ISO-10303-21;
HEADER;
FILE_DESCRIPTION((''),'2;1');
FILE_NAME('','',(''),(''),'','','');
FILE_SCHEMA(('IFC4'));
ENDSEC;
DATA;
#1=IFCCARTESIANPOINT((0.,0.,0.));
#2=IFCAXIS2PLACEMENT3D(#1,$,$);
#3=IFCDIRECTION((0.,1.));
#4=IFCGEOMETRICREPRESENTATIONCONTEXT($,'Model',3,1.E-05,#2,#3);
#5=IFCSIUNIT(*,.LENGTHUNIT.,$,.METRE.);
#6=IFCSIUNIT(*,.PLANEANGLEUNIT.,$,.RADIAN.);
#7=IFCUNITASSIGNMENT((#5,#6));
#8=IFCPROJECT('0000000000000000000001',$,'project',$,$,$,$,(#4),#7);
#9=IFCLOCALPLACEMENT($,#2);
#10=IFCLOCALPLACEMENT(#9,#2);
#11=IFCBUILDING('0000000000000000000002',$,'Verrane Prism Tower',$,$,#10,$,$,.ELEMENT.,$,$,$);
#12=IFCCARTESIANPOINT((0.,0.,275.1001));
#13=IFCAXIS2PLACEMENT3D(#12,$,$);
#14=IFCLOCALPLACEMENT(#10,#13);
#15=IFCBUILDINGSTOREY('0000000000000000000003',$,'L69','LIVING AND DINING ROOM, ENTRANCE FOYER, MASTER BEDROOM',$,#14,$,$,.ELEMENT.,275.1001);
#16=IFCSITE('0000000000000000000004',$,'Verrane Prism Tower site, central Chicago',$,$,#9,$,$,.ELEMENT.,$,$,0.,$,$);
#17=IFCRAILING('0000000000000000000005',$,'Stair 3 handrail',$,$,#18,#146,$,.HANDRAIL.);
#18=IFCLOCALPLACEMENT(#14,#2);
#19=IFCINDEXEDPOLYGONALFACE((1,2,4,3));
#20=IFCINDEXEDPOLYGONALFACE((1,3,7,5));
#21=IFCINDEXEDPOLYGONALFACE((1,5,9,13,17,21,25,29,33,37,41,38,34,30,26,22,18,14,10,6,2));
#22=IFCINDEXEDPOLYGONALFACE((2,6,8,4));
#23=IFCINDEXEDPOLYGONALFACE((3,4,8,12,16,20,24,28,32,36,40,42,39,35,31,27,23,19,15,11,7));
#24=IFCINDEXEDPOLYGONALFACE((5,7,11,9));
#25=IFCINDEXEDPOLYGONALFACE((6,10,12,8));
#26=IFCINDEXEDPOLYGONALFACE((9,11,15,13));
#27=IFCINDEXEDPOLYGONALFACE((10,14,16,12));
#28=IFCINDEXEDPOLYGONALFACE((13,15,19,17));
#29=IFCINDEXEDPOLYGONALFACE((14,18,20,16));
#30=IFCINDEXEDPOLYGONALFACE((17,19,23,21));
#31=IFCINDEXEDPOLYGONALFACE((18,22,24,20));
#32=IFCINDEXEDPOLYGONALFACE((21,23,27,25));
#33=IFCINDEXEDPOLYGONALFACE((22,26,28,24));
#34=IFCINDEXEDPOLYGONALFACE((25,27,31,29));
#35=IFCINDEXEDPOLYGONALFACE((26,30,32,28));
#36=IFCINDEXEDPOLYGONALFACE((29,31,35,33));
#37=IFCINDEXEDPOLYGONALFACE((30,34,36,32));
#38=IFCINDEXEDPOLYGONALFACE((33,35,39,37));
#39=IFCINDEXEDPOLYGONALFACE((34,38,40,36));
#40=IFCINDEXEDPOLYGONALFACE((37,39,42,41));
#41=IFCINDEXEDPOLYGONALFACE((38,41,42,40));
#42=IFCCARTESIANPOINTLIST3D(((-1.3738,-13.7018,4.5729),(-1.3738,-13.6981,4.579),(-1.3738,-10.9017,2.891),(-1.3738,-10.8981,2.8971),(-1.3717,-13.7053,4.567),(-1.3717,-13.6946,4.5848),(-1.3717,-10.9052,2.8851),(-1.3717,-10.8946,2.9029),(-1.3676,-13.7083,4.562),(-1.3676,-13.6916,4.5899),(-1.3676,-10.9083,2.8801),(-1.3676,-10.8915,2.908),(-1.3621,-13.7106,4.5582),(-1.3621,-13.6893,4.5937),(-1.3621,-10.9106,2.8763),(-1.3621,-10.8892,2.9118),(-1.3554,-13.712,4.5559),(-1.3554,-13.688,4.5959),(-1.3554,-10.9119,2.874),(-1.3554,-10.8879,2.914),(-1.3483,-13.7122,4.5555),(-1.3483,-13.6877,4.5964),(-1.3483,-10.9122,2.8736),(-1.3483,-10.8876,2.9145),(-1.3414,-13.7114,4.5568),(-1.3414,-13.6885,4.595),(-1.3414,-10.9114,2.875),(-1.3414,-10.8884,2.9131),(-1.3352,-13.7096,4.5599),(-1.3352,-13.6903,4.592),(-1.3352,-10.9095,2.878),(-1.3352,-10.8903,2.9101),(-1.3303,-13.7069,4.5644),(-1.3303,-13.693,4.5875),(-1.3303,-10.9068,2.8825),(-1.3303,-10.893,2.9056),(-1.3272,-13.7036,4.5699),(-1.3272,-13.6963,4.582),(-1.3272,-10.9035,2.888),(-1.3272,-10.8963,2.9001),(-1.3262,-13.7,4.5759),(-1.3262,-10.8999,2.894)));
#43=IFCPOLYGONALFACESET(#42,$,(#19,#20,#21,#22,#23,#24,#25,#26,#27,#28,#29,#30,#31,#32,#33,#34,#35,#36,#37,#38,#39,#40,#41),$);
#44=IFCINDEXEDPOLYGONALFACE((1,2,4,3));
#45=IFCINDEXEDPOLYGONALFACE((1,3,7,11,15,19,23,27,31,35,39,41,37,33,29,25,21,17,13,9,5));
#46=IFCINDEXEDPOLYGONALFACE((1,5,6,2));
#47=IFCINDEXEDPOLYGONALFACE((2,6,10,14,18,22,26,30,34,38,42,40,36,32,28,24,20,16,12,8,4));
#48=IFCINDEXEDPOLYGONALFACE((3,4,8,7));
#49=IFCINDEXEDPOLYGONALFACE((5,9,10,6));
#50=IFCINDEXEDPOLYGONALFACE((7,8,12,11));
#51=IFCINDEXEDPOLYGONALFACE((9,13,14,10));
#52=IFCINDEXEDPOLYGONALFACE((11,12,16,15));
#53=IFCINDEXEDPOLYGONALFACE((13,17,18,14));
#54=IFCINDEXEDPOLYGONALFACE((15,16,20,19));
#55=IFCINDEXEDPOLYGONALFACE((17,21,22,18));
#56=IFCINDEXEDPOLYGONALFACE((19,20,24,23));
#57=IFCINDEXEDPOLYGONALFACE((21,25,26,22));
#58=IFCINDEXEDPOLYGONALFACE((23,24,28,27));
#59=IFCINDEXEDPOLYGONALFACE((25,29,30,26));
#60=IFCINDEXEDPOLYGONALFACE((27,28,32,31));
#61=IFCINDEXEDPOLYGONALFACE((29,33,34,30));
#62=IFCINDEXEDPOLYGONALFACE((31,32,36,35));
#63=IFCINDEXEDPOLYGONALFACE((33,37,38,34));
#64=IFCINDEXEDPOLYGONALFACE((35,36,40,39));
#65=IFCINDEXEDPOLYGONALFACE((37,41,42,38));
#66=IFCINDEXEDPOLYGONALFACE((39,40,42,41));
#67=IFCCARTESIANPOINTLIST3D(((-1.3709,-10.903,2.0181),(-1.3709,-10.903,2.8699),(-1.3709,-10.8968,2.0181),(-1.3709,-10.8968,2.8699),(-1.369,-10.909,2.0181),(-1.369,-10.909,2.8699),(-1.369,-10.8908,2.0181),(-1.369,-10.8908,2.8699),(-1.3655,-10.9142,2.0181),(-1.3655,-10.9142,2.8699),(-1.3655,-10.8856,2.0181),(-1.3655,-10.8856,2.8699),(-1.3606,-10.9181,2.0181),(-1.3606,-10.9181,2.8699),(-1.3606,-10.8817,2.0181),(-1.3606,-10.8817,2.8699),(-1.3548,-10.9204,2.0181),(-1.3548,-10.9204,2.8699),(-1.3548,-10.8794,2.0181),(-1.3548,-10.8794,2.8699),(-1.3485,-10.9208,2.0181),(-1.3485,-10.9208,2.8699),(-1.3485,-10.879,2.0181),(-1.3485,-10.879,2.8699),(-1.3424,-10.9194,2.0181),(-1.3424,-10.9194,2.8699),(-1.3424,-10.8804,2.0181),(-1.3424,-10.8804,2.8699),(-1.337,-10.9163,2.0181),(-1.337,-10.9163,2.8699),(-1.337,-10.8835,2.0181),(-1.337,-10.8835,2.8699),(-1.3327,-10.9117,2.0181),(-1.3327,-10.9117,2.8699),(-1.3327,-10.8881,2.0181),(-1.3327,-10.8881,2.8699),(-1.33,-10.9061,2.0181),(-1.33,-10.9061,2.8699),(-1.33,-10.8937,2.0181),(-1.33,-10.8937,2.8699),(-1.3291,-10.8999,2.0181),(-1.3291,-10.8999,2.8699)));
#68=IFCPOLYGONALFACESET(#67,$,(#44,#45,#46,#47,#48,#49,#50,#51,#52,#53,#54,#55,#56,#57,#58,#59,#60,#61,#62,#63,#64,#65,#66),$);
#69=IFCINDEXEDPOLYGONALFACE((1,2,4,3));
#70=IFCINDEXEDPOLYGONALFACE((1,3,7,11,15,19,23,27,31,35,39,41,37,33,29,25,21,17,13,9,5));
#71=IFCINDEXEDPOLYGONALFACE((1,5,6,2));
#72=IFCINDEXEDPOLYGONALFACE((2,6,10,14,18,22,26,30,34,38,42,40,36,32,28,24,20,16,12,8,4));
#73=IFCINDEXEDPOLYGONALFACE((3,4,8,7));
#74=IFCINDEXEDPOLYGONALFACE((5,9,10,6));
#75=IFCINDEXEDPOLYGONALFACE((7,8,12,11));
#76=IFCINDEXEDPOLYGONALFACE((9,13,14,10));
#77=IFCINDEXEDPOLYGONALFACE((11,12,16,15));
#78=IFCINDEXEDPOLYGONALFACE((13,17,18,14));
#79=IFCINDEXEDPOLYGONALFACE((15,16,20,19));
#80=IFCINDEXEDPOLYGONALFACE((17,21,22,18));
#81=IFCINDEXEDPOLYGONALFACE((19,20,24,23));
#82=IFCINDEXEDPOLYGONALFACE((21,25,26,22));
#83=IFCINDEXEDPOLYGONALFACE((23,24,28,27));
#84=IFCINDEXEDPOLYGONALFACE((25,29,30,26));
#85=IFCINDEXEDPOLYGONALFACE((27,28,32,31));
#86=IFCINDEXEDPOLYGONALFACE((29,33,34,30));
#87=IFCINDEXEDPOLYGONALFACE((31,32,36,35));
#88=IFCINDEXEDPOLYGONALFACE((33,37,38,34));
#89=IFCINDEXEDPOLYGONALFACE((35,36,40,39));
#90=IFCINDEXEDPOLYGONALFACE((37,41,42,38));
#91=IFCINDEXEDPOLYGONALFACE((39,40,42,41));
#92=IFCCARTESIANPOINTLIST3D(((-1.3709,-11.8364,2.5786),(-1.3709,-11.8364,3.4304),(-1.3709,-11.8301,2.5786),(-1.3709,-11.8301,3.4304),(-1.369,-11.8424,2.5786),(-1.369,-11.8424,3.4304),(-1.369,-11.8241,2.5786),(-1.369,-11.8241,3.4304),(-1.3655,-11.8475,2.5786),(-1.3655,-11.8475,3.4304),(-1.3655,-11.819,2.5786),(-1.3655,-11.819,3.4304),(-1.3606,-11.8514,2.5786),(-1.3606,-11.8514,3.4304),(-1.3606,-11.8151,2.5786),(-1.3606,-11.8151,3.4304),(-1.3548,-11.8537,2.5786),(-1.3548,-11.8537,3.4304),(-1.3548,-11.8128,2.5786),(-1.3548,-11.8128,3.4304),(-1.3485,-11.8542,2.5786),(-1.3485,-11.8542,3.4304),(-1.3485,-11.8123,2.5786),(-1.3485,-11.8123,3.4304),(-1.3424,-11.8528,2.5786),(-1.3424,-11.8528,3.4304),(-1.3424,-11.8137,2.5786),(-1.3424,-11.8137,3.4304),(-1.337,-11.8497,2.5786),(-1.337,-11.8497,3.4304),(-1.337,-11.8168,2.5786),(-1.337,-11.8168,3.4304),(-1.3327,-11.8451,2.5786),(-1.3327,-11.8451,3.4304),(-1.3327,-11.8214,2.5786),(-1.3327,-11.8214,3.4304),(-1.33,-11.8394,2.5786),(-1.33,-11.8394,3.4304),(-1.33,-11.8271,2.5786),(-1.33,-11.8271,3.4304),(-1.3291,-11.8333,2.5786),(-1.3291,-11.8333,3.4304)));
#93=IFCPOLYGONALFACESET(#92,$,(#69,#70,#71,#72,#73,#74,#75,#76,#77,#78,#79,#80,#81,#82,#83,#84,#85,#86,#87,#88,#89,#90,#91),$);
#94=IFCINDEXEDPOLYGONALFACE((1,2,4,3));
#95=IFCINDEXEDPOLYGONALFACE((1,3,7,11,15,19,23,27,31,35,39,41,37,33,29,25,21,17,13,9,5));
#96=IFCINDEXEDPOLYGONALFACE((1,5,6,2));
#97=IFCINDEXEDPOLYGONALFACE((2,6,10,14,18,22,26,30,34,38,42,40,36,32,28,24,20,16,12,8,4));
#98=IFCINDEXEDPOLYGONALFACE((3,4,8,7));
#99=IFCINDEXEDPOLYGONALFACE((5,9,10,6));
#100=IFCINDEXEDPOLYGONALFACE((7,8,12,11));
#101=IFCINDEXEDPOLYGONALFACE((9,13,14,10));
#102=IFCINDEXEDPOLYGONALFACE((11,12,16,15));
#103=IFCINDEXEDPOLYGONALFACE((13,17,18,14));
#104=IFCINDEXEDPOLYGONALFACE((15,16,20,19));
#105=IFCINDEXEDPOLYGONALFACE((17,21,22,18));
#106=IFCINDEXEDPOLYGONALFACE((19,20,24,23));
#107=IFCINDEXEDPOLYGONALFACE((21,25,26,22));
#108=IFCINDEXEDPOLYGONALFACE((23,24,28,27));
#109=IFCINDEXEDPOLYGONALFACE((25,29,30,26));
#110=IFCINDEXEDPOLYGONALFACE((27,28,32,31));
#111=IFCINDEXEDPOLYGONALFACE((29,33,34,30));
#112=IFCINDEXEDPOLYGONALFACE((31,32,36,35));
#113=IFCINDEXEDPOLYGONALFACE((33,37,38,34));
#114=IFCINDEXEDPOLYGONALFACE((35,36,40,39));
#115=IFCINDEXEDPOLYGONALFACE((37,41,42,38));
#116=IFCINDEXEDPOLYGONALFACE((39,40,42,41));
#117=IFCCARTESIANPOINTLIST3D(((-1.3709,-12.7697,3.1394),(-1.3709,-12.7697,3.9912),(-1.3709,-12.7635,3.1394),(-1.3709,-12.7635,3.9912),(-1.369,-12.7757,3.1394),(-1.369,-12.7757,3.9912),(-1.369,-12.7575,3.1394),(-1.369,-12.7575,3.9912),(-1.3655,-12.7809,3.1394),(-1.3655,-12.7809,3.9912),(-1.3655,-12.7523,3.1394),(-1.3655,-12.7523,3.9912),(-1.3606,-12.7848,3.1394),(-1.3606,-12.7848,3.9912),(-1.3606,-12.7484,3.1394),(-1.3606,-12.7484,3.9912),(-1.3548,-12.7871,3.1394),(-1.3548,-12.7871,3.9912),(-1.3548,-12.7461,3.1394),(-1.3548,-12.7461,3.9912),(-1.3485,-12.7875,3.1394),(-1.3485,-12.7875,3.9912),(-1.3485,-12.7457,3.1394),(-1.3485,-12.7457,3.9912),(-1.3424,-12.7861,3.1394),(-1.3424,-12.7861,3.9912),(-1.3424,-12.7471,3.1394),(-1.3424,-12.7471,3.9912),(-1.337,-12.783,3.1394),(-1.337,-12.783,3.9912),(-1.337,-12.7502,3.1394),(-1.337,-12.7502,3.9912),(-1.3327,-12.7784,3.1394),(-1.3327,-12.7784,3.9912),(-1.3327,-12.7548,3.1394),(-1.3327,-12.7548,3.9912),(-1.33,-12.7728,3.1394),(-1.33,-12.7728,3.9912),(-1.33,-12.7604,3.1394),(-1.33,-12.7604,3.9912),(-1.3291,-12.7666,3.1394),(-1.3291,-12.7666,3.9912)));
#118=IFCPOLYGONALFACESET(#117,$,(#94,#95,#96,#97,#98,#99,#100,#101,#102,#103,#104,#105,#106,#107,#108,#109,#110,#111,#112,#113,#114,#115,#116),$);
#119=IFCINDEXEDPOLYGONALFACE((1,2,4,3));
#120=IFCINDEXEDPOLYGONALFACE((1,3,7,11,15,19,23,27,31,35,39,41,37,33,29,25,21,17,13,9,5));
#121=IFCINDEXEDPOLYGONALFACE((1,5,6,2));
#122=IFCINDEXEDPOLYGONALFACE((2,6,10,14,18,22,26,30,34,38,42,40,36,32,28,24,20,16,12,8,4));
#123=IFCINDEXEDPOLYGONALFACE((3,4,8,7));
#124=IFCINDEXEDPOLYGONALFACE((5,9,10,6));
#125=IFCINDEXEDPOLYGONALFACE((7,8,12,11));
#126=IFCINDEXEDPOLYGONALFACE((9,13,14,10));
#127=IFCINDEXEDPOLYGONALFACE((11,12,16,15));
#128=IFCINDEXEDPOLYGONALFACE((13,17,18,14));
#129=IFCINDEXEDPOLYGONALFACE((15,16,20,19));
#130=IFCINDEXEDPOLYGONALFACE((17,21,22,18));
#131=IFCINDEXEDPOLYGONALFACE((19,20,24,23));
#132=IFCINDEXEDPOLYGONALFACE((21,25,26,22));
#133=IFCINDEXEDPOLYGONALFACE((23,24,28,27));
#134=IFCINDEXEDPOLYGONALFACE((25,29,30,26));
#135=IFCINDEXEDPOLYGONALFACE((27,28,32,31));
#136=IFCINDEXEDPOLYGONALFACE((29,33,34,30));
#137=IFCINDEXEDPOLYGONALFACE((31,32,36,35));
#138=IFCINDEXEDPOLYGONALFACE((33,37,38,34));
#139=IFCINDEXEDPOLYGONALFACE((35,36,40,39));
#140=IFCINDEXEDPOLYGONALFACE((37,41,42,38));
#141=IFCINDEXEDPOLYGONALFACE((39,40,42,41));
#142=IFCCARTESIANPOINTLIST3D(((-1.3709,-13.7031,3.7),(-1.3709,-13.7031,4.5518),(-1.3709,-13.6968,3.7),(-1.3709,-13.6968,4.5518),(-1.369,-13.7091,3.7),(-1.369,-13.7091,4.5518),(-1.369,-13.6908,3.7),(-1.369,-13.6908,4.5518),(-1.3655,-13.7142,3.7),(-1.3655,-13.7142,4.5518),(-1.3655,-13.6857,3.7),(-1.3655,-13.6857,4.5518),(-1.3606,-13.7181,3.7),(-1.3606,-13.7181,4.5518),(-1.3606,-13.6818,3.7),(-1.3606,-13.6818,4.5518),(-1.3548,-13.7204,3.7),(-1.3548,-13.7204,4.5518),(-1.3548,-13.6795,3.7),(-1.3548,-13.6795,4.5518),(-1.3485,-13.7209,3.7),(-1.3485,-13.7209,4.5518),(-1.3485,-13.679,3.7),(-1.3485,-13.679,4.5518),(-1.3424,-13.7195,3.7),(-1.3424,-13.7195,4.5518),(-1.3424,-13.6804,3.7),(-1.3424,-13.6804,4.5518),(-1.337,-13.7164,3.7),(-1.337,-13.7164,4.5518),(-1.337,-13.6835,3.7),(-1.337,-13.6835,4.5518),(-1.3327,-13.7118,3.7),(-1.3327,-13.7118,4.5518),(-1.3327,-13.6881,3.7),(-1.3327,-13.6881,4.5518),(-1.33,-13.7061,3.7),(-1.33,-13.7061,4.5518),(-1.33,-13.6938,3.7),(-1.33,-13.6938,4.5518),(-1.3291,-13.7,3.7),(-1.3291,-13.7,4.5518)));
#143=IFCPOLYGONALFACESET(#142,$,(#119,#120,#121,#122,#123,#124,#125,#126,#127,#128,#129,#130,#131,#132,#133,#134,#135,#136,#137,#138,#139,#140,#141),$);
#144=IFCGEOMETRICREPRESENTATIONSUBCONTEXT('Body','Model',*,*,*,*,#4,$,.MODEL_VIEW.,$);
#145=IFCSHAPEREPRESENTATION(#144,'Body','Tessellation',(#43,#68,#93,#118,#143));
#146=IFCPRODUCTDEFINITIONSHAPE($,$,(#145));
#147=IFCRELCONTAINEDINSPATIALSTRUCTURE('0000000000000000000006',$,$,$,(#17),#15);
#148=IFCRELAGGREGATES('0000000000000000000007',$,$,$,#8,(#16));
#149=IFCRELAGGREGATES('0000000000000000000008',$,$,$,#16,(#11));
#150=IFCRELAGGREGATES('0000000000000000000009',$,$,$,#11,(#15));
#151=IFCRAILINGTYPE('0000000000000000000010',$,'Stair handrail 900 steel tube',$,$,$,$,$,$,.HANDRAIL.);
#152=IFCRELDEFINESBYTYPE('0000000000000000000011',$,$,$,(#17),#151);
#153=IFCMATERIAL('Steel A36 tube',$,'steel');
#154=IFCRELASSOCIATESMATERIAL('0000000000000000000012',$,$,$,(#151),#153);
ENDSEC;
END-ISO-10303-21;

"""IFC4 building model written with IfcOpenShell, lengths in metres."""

from ifc_helpers import new_model, si_unit, direction, frame, origin, origin_2d, place, context, subcontext, project, spatial, circle, extrude, material, type_object, element, save


model = new_model("IFC4")

# Units and contexts
model_context = context("Model", 3, precision=1e-05, world=origin(), true_north=direction((0.0, 1.0)))
body_context = subcontext(model_context, "Body", "Model", "MODEL_VIEW")
ifc_project = project(units=[si_unit("LENGTHUNIT", "METRE"), si_unit("PLANEANGLEUNIT", "RADIAN")], contexts=[model_context])

# Site, building, storey
site_placement = place(None, origin())
site = spatial("IfcSite", under=ifc_project, at=site_placement, Name="Verrane Prism Tower site, central Chicago", CompositionType="ELEMENT", RefElevation=0.0)
building_placement = place(site_placement, origin())
building = spatial("IfcBuilding", under=site, at=building_placement, Name="Verrane Prism Tower", CompositionType="ELEMENT")
storey_placement = place(building_placement, frame((0.0, 0.0, 275.1001)))
storey = spatial("IfcBuildingStorey", under=building, at=storey_placement, Name="L69", Description="LIVING AND DINING ROOM, ENTRANCE FOYER, MASTER BEDROOM", CompositionType="ELEMENT", Elevation=275.1001)

# Railing
ifc_material_1 = material(Name="Steel A36 tube", Category="steel")
railing_type = type_object("IfcRailingType", Name="Stair handrail 900 steel tube", PredefinedType="HANDRAIL", material=ifc_material_1)
railing_placement = place(storey_placement, frame((-1.3501, -10.8999, 2.0181)))
element("IfcRailing", 1, at=railing_placement, inside=storey, type_object=railing_type, Name="Stair 3 handrail", PredefinedType="HANDRAIL", context=body_context, shape_type="SweptSolid", body=[
    extrude(circle(Radius=0.0239, at=origin_2d()), frame((0.0, 0.0, 0.876), z_axis=(0.0, -0.857242, 0.514913), x_axis=(1.0, 0.0, 0.0)), (0.0, 0.0, 1.0), 3.2664),
    extrude(circle(Radius=0.021, at=origin_2d()), origin(), (0.0, 0.0, 1.0), 0.8518),
    extrude(circle(Radius=0.021, at=origin_2d()), frame((0.0, -0.9333, 0.5605)), (0.0, 0.0, 1.0), 0.8518),
    extrude(circle(Radius=0.021, at=origin_2d()), frame((0.0, -1.8667, 1.1213)), (0.0, 0.0, 1.0), 0.8518),
    extrude(circle(Radius=0.021, at=origin_2d()), frame((0.0, -2.8, 1.6819)), (0.0, 0.0, 1.0), 0.8518),
])

save(model, "model.ifc")
